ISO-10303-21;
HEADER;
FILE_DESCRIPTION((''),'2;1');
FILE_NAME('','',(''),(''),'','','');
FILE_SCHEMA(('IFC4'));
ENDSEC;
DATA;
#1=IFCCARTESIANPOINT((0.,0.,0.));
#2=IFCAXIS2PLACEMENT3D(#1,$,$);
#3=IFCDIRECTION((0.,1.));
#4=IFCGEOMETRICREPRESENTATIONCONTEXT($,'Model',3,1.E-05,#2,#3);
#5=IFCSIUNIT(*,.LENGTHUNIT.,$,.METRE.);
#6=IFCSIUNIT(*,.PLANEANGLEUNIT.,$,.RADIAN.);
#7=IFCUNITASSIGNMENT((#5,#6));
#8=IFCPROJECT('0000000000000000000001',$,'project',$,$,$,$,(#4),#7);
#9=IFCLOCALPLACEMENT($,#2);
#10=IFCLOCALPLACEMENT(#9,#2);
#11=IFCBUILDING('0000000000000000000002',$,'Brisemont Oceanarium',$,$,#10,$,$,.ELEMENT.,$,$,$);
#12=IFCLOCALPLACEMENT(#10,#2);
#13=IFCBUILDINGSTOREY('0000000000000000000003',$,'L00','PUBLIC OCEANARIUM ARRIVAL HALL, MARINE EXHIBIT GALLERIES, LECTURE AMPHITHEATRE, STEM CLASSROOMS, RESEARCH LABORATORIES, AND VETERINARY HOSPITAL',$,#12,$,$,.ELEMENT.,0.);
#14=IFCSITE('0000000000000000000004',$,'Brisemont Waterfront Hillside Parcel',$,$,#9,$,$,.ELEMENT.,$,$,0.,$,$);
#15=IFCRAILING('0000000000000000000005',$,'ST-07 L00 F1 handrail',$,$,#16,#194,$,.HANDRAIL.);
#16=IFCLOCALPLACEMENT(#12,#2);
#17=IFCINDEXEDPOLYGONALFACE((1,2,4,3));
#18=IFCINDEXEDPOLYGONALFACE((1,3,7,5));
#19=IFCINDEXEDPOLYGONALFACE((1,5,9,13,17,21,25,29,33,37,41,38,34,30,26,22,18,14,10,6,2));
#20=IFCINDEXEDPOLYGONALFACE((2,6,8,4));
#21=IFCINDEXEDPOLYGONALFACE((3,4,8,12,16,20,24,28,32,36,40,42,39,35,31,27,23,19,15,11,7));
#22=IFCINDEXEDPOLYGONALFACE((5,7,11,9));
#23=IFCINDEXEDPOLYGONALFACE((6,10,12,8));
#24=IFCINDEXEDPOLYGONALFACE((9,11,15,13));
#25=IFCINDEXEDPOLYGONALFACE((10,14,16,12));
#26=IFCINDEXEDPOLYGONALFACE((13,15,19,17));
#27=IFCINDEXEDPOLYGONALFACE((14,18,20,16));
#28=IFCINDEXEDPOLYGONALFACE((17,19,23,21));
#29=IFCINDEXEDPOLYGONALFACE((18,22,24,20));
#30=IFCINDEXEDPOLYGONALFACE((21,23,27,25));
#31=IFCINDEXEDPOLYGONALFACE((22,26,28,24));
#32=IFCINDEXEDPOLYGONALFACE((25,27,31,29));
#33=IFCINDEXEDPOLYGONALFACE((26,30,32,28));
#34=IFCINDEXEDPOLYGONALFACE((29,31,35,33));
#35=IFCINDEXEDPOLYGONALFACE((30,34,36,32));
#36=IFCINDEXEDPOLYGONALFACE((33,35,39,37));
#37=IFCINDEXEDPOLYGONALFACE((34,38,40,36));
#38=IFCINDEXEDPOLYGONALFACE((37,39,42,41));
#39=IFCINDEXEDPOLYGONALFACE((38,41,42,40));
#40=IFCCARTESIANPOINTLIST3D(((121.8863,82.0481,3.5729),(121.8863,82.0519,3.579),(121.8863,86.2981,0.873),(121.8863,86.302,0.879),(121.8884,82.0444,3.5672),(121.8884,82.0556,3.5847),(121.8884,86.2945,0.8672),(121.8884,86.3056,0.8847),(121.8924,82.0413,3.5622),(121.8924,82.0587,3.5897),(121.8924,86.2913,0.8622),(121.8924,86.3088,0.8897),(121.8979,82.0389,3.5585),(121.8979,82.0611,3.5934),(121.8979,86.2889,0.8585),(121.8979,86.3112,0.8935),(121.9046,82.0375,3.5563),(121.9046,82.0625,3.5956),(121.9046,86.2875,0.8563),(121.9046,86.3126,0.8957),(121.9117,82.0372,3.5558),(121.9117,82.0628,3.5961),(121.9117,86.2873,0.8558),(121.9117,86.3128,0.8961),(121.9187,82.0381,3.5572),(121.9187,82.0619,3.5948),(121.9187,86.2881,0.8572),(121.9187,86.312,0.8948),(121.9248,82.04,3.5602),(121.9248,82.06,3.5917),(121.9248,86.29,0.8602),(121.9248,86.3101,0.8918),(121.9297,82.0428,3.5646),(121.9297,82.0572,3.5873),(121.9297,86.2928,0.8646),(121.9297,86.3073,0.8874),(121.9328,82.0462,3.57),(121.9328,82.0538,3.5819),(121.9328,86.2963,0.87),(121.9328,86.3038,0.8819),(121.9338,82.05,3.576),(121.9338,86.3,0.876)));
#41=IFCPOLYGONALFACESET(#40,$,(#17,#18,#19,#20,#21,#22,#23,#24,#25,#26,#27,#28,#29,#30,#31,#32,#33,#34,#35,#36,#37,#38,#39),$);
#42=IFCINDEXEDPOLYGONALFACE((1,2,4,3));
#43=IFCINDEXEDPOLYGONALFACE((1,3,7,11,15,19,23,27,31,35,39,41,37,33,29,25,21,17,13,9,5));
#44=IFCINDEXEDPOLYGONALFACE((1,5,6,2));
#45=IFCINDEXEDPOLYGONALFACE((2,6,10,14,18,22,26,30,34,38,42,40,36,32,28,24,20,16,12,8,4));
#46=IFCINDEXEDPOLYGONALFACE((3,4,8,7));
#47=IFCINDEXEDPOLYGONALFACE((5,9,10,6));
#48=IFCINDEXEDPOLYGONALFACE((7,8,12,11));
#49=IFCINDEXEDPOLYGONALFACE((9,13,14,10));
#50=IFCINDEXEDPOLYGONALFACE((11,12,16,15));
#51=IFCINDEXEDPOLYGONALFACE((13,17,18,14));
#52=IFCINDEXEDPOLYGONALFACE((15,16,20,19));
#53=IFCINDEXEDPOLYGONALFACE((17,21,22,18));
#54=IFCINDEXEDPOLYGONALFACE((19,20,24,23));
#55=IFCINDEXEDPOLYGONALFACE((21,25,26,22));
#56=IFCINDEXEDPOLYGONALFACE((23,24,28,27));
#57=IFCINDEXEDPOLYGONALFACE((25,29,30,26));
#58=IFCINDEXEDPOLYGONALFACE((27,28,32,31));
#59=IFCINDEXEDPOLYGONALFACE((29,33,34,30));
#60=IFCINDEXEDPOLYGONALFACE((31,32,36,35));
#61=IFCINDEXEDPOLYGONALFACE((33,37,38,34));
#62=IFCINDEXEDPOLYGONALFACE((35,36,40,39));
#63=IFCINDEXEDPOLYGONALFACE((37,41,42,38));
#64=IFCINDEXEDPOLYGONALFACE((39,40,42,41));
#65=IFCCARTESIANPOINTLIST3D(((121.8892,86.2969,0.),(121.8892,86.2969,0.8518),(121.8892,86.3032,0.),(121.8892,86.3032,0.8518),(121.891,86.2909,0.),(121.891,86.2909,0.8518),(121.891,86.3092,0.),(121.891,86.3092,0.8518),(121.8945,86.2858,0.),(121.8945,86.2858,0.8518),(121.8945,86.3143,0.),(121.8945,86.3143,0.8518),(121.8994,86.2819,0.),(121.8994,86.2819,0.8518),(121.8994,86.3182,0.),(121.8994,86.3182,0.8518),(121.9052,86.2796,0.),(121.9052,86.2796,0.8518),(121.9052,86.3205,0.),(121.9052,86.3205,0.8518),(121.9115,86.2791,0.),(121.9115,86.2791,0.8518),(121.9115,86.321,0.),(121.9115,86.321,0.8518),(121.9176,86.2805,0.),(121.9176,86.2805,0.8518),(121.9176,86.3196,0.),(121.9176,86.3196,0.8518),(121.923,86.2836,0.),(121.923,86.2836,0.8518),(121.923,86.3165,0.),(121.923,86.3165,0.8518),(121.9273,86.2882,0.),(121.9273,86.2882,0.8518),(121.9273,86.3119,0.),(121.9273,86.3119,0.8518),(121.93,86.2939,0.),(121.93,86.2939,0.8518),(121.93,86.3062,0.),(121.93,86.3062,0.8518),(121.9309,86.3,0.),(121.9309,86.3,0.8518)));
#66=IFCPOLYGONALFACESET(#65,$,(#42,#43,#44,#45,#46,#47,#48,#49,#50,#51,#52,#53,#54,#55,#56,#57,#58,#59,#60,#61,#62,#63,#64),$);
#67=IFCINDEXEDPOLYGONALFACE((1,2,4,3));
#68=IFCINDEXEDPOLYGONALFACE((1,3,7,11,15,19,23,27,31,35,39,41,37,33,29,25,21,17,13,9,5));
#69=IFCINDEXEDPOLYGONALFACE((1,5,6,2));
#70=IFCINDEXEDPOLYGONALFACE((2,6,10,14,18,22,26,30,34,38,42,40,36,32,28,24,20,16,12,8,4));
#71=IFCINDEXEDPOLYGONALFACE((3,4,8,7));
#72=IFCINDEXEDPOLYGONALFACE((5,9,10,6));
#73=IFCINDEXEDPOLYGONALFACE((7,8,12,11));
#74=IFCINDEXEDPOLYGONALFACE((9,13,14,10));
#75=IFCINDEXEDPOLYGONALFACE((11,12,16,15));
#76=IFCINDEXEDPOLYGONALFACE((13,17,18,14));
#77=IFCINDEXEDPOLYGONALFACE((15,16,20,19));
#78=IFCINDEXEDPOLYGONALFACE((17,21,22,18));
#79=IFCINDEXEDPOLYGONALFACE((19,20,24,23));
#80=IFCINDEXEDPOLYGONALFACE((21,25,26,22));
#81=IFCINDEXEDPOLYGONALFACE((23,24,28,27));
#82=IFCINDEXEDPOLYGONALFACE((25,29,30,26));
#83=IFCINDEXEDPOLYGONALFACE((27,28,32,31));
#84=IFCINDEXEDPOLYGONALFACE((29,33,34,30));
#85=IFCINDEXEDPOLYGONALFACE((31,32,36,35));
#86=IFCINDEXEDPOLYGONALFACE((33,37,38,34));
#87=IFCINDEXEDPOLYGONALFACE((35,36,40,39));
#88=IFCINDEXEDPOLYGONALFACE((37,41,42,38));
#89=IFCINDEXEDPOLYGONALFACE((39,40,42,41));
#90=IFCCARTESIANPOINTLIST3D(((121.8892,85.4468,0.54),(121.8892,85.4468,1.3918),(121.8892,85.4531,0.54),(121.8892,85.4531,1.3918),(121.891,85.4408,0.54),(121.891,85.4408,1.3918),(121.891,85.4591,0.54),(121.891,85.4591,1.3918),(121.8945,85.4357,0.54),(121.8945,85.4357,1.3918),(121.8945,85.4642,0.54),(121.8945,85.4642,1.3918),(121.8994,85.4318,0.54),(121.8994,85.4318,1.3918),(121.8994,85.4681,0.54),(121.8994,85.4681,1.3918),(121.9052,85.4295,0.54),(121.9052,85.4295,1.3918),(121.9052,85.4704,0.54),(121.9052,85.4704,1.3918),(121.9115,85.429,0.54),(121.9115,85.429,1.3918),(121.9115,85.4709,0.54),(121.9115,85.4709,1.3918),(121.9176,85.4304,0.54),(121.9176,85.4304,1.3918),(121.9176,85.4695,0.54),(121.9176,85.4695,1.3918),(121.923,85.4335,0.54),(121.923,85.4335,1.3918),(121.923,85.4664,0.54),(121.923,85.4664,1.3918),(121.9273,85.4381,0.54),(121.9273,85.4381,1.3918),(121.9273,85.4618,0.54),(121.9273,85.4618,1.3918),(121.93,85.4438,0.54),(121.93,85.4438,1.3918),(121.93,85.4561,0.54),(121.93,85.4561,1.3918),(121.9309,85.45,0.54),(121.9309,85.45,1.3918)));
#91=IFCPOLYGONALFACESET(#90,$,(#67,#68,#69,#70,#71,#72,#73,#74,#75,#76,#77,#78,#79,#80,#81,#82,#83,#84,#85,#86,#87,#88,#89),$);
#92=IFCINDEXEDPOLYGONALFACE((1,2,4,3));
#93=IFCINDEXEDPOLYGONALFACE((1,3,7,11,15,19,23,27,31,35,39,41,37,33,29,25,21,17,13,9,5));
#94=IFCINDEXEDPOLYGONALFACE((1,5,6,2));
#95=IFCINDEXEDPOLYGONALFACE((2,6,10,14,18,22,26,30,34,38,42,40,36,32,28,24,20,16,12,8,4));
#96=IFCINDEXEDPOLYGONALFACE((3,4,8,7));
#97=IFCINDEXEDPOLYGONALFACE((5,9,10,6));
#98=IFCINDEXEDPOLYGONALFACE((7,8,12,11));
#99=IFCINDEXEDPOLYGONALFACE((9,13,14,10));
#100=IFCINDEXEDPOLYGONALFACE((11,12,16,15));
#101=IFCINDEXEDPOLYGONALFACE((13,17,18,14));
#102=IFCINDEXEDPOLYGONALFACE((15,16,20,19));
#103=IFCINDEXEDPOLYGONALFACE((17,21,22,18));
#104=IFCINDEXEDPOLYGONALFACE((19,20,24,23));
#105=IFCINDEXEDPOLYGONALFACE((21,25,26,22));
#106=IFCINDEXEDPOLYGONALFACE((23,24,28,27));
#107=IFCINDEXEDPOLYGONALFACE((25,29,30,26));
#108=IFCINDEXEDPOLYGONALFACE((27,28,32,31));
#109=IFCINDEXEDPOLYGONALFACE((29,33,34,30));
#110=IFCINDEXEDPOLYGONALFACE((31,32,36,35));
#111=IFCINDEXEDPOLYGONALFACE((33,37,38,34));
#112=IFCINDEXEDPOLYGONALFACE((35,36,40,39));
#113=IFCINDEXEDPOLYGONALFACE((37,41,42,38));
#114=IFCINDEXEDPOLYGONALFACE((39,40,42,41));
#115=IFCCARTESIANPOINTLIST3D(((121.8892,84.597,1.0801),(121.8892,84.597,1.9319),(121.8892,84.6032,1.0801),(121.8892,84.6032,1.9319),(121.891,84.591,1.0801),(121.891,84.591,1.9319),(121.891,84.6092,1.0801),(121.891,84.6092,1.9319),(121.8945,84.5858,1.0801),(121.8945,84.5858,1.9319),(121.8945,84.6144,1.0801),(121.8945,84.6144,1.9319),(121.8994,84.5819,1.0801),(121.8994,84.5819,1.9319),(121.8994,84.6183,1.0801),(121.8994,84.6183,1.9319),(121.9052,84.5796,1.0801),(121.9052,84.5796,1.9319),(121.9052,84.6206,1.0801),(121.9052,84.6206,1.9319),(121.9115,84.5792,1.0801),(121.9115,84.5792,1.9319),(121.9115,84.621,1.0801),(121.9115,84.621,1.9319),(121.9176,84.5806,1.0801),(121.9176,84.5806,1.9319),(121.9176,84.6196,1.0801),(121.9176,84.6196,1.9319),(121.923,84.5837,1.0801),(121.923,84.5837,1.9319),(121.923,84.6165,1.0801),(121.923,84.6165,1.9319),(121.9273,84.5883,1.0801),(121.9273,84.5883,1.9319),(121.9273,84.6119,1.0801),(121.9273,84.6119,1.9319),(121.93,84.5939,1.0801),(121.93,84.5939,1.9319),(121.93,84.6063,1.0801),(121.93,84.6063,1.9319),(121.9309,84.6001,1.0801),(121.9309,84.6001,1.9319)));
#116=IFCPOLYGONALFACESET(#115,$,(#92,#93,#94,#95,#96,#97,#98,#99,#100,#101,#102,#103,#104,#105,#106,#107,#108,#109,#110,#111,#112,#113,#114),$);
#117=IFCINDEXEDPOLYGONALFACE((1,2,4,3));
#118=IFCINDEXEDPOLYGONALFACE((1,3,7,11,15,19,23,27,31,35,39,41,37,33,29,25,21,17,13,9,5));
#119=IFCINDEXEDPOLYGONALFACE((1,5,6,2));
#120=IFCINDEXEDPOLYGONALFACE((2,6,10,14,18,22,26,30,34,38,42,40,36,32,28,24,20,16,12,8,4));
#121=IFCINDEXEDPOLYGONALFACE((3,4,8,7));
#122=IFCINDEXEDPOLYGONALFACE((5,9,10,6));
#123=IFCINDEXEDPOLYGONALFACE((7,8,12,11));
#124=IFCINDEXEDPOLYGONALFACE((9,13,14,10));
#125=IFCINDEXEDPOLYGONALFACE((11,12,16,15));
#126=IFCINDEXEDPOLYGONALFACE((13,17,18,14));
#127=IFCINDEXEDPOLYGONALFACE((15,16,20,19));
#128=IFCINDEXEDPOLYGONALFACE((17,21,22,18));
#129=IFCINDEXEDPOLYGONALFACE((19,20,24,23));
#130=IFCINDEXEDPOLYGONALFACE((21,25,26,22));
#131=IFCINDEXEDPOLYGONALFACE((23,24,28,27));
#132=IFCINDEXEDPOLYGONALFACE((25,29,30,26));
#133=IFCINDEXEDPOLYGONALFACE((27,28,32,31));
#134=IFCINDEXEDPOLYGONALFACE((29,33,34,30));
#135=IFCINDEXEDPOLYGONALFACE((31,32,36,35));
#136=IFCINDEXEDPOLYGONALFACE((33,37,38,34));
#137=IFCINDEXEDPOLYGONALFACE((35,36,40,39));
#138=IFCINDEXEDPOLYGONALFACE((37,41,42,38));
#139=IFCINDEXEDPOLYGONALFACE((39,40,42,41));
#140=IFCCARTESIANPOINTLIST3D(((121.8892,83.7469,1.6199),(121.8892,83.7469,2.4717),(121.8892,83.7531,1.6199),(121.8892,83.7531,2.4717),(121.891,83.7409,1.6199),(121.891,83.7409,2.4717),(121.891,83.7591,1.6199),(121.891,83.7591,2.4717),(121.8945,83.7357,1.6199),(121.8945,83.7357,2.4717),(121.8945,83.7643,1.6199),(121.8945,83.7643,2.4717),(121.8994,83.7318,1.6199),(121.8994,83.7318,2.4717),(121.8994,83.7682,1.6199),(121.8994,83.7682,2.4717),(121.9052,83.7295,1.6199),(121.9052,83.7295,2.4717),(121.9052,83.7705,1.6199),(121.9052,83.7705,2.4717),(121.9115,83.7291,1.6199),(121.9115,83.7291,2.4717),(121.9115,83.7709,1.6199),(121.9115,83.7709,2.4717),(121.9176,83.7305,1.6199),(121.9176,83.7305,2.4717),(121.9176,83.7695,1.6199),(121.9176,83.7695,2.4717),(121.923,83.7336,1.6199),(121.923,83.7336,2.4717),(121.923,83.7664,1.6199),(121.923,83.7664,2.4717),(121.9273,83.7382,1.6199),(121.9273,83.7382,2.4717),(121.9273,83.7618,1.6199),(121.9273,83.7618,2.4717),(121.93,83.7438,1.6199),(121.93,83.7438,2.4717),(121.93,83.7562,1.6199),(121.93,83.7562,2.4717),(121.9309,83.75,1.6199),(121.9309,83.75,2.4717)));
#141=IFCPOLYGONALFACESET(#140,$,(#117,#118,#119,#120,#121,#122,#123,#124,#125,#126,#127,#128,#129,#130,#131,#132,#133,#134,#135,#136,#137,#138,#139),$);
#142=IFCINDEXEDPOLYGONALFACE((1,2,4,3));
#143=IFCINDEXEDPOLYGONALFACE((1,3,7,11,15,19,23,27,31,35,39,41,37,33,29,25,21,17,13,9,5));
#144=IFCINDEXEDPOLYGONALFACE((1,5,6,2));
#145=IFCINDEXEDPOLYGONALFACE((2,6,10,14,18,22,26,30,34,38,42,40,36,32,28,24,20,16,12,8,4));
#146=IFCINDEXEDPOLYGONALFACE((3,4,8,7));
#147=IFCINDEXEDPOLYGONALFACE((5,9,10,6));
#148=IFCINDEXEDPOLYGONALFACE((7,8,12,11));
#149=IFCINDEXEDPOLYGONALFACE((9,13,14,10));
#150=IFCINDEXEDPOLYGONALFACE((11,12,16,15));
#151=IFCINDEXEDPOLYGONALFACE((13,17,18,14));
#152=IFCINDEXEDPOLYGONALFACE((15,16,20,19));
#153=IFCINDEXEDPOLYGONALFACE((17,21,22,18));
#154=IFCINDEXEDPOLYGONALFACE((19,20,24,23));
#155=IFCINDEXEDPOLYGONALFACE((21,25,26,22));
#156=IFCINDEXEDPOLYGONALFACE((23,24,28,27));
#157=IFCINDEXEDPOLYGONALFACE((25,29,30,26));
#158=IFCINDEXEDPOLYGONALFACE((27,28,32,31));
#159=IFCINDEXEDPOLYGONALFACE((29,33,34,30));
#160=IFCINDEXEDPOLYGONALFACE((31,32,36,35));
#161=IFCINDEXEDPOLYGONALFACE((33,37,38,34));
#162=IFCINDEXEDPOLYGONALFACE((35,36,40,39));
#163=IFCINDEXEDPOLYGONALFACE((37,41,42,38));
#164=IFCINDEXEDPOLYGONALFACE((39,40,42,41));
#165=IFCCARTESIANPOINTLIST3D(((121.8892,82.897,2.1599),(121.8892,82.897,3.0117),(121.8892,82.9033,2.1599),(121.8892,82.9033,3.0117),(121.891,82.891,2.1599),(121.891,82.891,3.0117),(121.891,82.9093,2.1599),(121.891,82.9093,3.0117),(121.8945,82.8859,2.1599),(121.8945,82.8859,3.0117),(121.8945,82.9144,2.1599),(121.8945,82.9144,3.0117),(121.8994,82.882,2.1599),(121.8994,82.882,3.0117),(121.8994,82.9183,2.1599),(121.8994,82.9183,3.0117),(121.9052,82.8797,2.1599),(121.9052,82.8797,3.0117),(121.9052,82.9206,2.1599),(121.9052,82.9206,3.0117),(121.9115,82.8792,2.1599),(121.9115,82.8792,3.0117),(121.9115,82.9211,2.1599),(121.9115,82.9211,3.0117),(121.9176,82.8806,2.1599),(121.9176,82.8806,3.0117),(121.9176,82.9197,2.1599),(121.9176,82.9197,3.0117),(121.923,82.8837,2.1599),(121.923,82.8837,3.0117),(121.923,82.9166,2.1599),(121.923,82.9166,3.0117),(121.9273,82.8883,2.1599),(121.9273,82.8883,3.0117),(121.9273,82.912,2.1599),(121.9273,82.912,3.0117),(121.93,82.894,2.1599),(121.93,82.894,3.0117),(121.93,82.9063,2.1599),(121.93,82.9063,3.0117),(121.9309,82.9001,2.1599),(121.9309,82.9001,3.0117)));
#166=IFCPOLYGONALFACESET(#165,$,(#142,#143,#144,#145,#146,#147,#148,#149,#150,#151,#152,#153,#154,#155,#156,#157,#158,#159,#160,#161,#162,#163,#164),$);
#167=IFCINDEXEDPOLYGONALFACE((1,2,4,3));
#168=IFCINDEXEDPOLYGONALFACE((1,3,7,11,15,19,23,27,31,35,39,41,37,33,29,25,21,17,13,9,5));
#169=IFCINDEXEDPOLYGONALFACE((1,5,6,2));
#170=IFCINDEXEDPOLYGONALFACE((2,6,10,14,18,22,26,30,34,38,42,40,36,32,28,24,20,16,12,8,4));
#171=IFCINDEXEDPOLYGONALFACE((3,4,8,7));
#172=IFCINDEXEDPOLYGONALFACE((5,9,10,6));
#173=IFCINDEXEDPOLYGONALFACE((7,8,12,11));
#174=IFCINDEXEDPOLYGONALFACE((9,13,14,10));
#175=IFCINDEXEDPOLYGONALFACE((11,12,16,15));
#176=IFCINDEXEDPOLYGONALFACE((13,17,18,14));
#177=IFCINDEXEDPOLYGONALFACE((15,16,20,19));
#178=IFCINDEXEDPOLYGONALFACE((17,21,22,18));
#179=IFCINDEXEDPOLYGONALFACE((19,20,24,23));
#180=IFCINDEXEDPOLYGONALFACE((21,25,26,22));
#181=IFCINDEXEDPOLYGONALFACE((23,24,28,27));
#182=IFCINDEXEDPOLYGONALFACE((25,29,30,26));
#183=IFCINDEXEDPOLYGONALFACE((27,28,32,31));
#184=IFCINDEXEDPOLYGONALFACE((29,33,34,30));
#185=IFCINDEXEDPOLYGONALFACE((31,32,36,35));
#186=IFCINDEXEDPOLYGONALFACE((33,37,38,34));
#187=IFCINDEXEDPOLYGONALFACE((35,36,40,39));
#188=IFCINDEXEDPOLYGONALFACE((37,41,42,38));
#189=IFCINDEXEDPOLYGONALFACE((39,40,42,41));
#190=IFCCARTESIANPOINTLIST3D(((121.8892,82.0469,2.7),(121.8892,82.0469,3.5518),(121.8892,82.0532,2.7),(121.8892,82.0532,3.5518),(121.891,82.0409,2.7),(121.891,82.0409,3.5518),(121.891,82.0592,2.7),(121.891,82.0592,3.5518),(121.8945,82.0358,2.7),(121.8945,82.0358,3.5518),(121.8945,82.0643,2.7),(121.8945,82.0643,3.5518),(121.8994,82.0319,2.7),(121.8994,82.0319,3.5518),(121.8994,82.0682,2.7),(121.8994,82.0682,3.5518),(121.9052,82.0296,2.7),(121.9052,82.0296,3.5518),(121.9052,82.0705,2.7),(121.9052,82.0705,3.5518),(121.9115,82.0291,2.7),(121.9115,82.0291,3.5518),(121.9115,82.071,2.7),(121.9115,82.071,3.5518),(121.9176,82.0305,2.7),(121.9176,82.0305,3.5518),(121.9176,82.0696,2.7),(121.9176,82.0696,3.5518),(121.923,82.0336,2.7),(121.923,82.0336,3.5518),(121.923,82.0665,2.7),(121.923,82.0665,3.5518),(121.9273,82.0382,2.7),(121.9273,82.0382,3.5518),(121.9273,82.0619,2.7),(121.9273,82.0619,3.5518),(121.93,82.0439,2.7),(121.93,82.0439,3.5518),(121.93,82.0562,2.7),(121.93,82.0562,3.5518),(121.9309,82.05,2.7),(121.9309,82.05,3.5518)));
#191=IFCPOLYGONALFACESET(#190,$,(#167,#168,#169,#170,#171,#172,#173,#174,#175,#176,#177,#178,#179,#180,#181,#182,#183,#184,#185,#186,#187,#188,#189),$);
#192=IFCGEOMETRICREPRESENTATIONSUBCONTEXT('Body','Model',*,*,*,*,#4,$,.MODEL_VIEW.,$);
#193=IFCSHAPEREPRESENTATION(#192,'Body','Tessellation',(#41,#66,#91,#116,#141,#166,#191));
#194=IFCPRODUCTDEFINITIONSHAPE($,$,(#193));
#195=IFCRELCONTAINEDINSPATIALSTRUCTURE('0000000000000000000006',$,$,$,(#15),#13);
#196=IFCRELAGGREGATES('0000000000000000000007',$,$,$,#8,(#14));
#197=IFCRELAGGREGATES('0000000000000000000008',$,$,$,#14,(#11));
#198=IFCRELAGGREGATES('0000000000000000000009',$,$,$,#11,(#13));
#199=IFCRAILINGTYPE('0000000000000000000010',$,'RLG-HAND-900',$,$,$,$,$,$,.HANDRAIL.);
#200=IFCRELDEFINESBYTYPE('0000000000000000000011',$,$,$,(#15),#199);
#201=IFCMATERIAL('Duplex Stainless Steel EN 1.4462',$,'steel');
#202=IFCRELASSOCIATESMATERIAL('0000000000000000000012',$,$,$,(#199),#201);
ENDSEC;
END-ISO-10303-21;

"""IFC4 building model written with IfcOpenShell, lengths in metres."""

from ifc_helpers import new_model, si_unit, direction, frame, origin, origin_2d, place, context, subcontext, project, spatial, circle, extrude, material, type_object, element, save


model = new_model("IFC4")

# Units and contexts
model_context = context("Model", 3, precision=1e-05, world=origin(), true_north=direction((0.0, 1.0)))
body_context = subcontext(model_context, "Body", "Model", "MODEL_VIEW")
ifc_project = project(units=[si_unit("LENGTHUNIT", "METRE"), si_unit("PLANEANGLEUNIT", "RADIAN")], contexts=[model_context])

# Site, building, storey
site_placement = place(None, origin())
site = spatial("IfcSite", under=ifc_project, at=site_placement, Name="Brisemont Waterfront Hillside Parcel", CompositionType="ELEMENT", RefElevation=0.0)
building_placement = place(site_placement, origin())
building = spatial("IfcBuilding", under=site, at=building_placement, Name="Brisemont Oceanarium", CompositionType="ELEMENT")
storey_placement = place(building_placement, origin())
storey = spatial("IfcBuildingStorey", under=building, at=storey_placement, Name="L00", Description="PUBLIC OCEANARIUM ARRIVAL HALL, MARINE EXHIBIT GALLERIES, LECTURE AMPHITHEATRE, STEM CLASSROOMS, RESEARCH LABORATORIES, AND VETERINARY HOSPITAL", CompositionType="ELEMENT", Elevation=0.0)

# Railing
ifc_material_1 = material(Name="Duplex Stainless Steel EN 1.4462", Category="steel")
railing_type_1 = type_object("IfcRailingType", Name="RLG-HAND-900", PredefinedType="HANDRAIL", material=ifc_material_1)
railing_1_placement = place(storey_placement, frame((121.9099, 86.3, 0.0)))
element("IfcRailing", 1, at=railing_1_placement, inside=storey, type_object=railing_type_1, Name="ST-07 L00 F1 handrail", PredefinedType="HANDRAIL", context=body_context, shape_type="SweptSolid", body=[
    extrude(circle(Radius=0.0239, at=origin_2d()), frame((0.0, 0.0, 0.876), z_axis=(0.0, -0.844075, 0.536226), x_axis=(1.0, 0.0, 0.0)), (0.0, 0.0, 1.0), 5.0352),
    extrude(circle(Radius=0.021, at=origin_2d()), origin(), (0.0, 0.0, 1.0), 0.8518),
    extrude(circle(Radius=0.021, at=origin_2d()), frame((0.0, -0.8501, 0.54)), (0.0, 0.0, 1.0), 0.8518),
    extrude(circle(Radius=0.021, at=origin_2d()), frame((0.0, -1.7, 1.0801)), (0.0, 0.0, 1.0), 0.8518),
    extrude(circle(Radius=0.021, at=origin_2d()), frame((0.0, -2.55, 1.6199)), (0.0, 0.0, 1.0), 0.8518),
    extrude(circle(Radius=0.021, at=origin_2d()), frame((0.0, -3.3999, 2.1599)), (0.0, 0.0, 1.0), 0.8518),
    extrude(circle(Radius=0.021, at=origin_2d()), frame((0.0, -4.25, 2.7)), (0.0, 0.0, 1.0), 0.8518),
])

save(model, "model.ifc")
